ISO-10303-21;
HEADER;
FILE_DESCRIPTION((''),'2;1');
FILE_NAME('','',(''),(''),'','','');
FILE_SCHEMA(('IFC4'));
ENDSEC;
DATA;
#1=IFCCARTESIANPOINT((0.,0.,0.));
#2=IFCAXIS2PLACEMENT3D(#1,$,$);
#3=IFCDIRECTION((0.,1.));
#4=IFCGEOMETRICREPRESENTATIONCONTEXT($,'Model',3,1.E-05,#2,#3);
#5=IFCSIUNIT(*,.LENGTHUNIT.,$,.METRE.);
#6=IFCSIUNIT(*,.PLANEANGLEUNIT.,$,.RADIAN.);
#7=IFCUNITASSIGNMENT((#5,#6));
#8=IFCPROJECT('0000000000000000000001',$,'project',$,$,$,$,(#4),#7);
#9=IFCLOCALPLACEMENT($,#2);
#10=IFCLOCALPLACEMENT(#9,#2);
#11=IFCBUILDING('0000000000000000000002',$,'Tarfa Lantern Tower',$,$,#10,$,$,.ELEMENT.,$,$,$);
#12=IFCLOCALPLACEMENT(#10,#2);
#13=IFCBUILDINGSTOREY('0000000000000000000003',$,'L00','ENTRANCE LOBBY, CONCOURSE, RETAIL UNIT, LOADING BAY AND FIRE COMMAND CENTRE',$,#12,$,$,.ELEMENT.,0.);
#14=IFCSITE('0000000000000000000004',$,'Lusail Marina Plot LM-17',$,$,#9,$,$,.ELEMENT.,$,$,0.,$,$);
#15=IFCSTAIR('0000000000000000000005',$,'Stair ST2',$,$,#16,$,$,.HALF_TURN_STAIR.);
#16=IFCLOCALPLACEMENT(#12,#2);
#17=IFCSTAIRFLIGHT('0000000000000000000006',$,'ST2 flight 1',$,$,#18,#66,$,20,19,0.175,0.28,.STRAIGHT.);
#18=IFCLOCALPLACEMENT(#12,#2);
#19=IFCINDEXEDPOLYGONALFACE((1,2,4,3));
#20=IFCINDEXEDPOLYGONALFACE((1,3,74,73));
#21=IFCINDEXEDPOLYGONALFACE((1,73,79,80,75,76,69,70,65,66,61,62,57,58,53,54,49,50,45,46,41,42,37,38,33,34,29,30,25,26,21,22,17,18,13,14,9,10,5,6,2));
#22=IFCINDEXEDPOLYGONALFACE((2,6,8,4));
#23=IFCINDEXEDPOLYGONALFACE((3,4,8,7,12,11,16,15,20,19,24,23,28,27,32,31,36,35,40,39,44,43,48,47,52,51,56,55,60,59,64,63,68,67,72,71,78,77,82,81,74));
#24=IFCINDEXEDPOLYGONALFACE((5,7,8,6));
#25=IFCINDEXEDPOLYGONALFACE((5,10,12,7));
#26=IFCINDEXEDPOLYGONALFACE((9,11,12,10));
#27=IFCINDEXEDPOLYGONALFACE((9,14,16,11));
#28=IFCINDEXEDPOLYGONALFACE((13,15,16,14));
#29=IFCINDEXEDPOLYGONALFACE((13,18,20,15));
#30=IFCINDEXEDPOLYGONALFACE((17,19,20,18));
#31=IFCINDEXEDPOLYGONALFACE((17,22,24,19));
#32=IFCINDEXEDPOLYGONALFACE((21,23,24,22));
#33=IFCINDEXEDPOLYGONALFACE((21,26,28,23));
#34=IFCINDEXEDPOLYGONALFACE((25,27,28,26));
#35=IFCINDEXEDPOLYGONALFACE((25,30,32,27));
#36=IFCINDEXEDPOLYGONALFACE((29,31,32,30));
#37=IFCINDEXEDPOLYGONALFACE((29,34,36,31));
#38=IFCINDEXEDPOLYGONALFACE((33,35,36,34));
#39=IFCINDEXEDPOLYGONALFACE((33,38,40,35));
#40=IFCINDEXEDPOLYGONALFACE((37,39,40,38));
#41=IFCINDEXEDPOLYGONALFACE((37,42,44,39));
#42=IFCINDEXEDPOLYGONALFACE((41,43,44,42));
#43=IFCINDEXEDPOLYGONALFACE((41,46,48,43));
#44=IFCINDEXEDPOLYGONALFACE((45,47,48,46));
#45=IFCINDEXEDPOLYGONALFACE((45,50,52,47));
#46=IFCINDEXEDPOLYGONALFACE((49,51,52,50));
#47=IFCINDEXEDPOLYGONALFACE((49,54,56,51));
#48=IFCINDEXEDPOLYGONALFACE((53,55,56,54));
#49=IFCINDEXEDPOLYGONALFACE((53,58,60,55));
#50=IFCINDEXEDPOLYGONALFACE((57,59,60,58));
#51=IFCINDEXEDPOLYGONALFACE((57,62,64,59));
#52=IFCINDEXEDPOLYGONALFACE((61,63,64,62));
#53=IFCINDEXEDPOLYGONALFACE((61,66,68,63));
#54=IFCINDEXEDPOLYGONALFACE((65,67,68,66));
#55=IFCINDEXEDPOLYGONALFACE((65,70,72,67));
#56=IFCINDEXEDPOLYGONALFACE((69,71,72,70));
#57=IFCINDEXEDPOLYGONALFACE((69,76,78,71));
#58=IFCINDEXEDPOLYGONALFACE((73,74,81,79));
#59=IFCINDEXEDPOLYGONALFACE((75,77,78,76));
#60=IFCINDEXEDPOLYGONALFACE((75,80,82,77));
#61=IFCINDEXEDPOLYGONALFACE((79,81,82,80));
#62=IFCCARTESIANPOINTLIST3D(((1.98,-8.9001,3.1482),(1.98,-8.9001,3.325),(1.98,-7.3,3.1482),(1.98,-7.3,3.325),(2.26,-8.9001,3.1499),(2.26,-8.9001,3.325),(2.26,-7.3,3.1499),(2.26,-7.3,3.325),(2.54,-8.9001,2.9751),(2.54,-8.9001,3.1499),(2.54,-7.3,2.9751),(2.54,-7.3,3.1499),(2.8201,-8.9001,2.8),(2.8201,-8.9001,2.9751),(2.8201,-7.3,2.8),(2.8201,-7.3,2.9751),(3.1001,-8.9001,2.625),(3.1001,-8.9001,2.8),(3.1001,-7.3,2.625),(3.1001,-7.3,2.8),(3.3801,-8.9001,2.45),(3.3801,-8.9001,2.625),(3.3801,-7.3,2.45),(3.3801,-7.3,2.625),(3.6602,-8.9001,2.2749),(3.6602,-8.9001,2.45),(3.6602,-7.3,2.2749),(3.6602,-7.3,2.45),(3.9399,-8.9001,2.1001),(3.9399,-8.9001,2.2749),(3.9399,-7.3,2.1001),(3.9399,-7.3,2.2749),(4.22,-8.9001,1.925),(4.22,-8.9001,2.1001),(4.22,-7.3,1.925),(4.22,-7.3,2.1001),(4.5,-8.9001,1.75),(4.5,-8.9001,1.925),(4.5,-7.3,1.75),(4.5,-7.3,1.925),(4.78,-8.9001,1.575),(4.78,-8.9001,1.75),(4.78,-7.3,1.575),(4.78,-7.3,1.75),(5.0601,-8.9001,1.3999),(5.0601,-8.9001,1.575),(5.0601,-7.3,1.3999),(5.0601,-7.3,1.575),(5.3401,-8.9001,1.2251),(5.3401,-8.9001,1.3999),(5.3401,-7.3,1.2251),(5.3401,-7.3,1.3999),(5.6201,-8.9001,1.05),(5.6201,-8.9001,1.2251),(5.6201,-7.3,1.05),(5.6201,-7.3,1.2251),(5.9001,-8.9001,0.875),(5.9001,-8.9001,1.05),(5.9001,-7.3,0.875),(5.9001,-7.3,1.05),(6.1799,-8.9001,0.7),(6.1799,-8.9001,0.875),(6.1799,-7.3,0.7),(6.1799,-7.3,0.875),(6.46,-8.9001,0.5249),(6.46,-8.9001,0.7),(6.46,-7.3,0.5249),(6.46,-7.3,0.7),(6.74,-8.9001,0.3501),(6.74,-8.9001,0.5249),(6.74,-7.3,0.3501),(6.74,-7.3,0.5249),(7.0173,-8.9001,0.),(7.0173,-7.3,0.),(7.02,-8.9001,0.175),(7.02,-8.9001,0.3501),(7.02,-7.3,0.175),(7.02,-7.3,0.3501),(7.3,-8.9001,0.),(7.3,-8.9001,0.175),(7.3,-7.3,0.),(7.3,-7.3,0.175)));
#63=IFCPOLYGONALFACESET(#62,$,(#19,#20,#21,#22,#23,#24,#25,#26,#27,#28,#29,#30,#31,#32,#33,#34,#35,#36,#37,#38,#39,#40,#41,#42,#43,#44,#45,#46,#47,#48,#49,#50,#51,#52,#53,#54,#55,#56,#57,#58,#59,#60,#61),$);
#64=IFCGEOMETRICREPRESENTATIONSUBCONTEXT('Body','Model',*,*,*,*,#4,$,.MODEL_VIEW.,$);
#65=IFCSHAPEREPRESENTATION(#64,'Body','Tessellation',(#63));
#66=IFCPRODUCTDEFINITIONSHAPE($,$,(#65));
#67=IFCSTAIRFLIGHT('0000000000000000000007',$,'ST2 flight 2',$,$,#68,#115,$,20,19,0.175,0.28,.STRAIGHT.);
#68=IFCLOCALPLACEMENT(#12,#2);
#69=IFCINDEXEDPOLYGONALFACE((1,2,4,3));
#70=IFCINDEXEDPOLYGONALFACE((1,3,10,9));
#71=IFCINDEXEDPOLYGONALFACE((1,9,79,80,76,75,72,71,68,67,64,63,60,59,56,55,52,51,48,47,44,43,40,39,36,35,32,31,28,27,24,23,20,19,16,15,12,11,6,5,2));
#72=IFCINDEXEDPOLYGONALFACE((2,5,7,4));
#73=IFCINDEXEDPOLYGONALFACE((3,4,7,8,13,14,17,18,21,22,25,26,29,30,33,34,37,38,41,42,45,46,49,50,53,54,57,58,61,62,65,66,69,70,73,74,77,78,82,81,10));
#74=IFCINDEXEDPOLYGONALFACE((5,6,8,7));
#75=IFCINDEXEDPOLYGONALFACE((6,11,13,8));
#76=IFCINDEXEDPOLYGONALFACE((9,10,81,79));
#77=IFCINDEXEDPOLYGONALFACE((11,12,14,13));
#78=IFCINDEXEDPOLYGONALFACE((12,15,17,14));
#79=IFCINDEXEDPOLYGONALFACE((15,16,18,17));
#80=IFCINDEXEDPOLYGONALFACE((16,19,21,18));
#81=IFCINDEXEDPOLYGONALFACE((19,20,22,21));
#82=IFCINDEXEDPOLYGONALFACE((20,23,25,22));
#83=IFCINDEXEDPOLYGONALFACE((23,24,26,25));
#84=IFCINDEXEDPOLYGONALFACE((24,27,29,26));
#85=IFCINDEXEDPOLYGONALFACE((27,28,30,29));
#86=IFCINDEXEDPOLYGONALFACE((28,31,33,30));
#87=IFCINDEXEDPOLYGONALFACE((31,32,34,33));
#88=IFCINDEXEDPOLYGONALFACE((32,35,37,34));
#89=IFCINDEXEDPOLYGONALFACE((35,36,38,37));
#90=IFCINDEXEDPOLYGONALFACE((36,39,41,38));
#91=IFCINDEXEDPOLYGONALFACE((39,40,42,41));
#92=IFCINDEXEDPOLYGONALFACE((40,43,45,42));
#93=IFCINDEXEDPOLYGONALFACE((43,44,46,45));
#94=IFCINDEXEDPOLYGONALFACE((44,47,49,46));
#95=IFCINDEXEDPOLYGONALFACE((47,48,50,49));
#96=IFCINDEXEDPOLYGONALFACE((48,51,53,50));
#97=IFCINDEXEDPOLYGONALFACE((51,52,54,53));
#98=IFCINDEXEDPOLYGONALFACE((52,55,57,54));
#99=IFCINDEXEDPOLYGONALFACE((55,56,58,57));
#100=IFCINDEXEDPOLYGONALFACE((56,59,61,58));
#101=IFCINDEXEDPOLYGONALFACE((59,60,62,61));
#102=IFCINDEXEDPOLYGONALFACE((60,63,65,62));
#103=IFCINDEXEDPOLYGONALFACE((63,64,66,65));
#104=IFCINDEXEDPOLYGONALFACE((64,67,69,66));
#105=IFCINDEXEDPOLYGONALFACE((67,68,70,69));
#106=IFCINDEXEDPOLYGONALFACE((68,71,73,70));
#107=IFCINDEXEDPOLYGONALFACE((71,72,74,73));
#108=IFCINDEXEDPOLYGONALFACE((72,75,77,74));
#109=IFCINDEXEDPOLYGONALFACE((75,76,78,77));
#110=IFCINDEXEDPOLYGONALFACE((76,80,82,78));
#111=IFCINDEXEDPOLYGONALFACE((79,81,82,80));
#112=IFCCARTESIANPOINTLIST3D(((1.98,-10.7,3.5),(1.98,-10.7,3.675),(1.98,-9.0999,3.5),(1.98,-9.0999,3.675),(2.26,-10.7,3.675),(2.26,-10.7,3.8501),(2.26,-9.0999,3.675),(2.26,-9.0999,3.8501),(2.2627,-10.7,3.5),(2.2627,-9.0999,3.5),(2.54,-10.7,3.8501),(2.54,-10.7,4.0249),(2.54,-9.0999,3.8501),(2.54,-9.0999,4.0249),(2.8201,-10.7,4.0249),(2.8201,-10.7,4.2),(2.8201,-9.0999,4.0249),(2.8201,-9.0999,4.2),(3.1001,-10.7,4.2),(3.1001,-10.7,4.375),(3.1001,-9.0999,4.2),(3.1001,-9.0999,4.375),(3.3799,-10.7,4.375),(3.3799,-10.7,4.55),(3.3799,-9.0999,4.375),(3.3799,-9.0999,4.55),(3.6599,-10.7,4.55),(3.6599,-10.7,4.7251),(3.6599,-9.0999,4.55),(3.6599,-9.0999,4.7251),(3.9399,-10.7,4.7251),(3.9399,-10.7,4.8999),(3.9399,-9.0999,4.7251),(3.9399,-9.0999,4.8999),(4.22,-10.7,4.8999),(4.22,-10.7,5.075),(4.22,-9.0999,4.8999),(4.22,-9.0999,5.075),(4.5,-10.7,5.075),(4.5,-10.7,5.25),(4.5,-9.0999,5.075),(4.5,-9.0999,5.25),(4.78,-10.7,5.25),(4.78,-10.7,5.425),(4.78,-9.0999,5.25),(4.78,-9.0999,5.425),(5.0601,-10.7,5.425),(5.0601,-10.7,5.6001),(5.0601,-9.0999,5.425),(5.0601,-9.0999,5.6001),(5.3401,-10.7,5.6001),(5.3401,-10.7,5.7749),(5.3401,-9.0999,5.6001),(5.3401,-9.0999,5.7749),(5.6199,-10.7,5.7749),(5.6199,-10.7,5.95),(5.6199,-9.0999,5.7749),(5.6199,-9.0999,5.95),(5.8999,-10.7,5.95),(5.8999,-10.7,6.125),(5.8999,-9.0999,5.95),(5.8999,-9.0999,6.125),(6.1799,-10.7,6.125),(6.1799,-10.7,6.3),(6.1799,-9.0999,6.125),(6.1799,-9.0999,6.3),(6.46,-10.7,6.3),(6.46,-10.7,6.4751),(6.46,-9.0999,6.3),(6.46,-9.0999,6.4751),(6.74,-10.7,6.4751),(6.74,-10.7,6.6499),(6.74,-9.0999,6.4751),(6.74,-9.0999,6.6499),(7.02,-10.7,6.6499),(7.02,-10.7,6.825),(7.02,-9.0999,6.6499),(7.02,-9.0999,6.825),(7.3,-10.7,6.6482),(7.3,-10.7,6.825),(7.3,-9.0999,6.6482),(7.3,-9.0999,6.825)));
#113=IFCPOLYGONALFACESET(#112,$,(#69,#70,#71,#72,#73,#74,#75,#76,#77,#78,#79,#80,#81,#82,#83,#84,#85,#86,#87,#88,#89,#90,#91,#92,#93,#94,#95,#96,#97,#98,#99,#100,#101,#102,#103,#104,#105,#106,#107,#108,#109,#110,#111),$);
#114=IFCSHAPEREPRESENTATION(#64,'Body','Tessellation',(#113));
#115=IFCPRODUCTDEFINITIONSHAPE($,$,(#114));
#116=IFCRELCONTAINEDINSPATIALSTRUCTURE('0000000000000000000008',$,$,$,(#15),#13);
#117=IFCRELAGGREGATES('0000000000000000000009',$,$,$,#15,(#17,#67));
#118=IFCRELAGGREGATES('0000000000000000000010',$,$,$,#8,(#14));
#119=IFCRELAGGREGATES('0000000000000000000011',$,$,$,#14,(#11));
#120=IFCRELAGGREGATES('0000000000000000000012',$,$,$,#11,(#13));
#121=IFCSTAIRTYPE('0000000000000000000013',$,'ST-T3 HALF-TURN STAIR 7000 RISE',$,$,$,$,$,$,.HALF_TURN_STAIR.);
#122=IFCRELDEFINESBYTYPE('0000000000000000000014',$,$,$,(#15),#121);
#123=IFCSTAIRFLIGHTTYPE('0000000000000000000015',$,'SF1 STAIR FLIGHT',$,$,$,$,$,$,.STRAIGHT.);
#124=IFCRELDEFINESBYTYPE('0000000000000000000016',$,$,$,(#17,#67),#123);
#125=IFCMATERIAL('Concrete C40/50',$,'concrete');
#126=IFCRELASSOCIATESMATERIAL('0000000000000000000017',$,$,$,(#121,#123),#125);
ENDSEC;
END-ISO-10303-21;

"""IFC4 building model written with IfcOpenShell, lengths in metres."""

from ifc_helpers import new_model, si_unit, direction, frame, origin, place, context, subcontext, project, spatial, polyline, outline, extrude, material, type_object, element, aggregate, save


model = new_model("IFC4")

# Units and contexts
model_context = context("Model", 3, precision=1e-05, world=origin(), true_north=direction((0.0, 1.0)))
body_context = subcontext(model_context, "Body", "Model", "MODEL_VIEW")
ifc_project = project(units=[si_unit("LENGTHUNIT", "METRE"), si_unit("PLANEANGLEUNIT", "RADIAN")], contexts=[model_context])

# Site, building, storey
site_placement = place(None, origin())
site = spatial("IfcSite", under=ifc_project, at=site_placement, Name="Lusail Marina Plot LM-17", CompositionType="ELEMENT", RefElevation=0.0)
building_placement = place(site_placement, origin())
building = spatial("IfcBuilding", under=site, at=building_placement, Name="Tarfa Lantern Tower", CompositionType="ELEMENT")
storey_placement = place(building_placement, origin())
storey = spatial("IfcBuildingStorey", under=building, at=storey_placement, Name="L00", Description="ENTRANCE LOBBY, CONCOURSE, RETAIL UNIT, LOADING BAY AND FIRE COMMAND CENTRE", CompositionType="ELEMENT", Elevation=0.0)

# Shared definitions
ifc_material_1 = material(Name="Concrete C40/50", Category="concrete")

# Stair, stair flights
stair_type = type_object("IfcStairType", Name="ST-T3 HALF-TURN STAIR 7000 RISE", PredefinedType="HALF_TURN_STAIR", material=ifc_material_1)
stair_placement = place(storey_placement, origin())
stair = element("IfcStair", 1, at=stair_placement, inside=storey, type_object=stair_type, Name="Stair ST2", PredefinedType="HALF_TURN_STAIR")
stair_flight_type = type_object("IfcStairFlightType", Name="SF1 STAIR FLIGHT", PredefinedType="STRAIGHT", material=ifc_material_1)
stair_flight_1_placement = place(storey_placement, frame((7.3, -8.1001, 0.0), z_axis=(0.0, 0.0, 1.0), x_axis=(-1.0, 0.0, 0.0)))
stair_flight_1 = element("IfcStairFlight", 2, at=stair_flight_1_placement, type_object=stair_flight_type, Name="ST2 flight 1", NumberOfRisers=20, NumberOfTreads=19, PredefinedType="STRAIGHT", RiserHeight=0.175, TreadLength=0.28, context=body_context, shape_type="SweptSolid", body=[
    extrude(outline(polyline([(0.0, 0.0), (0.0, 0.175), (0.28, 0.175), (0.28, 0.3501), (0.5601, 0.3501), (0.5601, 0.5249), (0.8401, 0.5249), (0.8401, 0.7), (1.1201, 0.7), (1.1201, 0.875), (1.3999, 0.875), (1.3999, 1.05), (1.6799, 1.05), (1.6799, 1.2251), (1.96, 1.2251), (1.96, 1.3999), (2.24, 1.3999), (2.24, 1.575), (2.52, 1.575), (2.52, 1.75), (2.8, 1.75), (2.8, 1.925), (3.0801, 1.925), (3.0801, 2.1001), (3.3601, 2.1001), (3.3601, 2.2749), (3.6399, 2.2749), (3.6399, 2.45), (3.9199, 2.45), (3.9199, 2.625), (4.2, 2.625), (4.2, 2.8), (4.48, 2.8), (4.48, 2.9751), (4.76, 2.9751), (4.76, 3.1499), (5.04, 3.1499), (5.04, 3.325), (5.3201, 3.325), (5.3201, 3.5), (5.3201, 3.1482), (0.2827, 0.0), (0.0, 0.0)])), frame((0.0, 0.8, 0.0), z_axis=(0.0, -1.0, 0.0), x_axis=(1.0, 0.0, 0.0)), (0.0, 0.0, 1.0), 1.6001),
])
stair_flight_2_placement = place(storey_placement, frame((1.98, -9.8999, 3.5), z_axis=(0.0, 0.0, 1.0), x_axis=(1.0, 0.0, 0.0)))
stair_flight_2 = element("IfcStairFlight", 3, at=stair_flight_2_placement, type_object=stair_flight_type, Name="ST2 flight 2", NumberOfRisers=20, NumberOfTreads=19, PredefinedType="STRAIGHT", RiserHeight=0.175, TreadLength=0.28, context=body_context, shape_type="SweptSolid", body=[
    extrude(outline(polyline([(0.0, 0.0), (0.0, 0.175), (0.28, 0.175), (0.28, 0.3501), (0.5601, 0.3501), (0.5601, 0.5249), (0.8401, 0.5249), (0.8401, 0.7), (1.1201, 0.7), (1.1201, 0.875), (1.3999, 0.875), (1.3999, 1.05), (1.6799, 1.05), (1.6799, 1.2251), (1.96, 1.2251), (1.96, 1.3999), (2.24, 1.3999), (2.24, 1.575), (2.52, 1.575), (2.52, 1.75), (2.8, 1.75), (2.8, 1.925), (3.0801, 1.925), (3.0801, 2.1001), (3.3601, 2.1001), (3.3601, 2.2749), (3.6399, 2.2749), (3.6399, 2.45), (3.9199, 2.45), (3.9199, 2.625), (4.2, 2.625), (4.2, 2.8), (4.48, 2.8), (4.48, 2.9751), (4.76, 2.9751), (4.76, 3.1499), (5.04, 3.1499), (5.04, 3.325), (5.3201, 3.325), (5.3201, 3.5), (5.3201, 3.1482), (0.2827, 0.0), (0.0, 0.0)])), frame((0.0, 0.8, 0.0), z_axis=(0.0, -1.0, 0.0), x_axis=(1.0, 0.0, 0.0)), (0.0, 0.0, 1.0), 1.6001),
])
aggregate(stair, [stair_flight_1, stair_flight_2])

save(model, "model.ifc")
